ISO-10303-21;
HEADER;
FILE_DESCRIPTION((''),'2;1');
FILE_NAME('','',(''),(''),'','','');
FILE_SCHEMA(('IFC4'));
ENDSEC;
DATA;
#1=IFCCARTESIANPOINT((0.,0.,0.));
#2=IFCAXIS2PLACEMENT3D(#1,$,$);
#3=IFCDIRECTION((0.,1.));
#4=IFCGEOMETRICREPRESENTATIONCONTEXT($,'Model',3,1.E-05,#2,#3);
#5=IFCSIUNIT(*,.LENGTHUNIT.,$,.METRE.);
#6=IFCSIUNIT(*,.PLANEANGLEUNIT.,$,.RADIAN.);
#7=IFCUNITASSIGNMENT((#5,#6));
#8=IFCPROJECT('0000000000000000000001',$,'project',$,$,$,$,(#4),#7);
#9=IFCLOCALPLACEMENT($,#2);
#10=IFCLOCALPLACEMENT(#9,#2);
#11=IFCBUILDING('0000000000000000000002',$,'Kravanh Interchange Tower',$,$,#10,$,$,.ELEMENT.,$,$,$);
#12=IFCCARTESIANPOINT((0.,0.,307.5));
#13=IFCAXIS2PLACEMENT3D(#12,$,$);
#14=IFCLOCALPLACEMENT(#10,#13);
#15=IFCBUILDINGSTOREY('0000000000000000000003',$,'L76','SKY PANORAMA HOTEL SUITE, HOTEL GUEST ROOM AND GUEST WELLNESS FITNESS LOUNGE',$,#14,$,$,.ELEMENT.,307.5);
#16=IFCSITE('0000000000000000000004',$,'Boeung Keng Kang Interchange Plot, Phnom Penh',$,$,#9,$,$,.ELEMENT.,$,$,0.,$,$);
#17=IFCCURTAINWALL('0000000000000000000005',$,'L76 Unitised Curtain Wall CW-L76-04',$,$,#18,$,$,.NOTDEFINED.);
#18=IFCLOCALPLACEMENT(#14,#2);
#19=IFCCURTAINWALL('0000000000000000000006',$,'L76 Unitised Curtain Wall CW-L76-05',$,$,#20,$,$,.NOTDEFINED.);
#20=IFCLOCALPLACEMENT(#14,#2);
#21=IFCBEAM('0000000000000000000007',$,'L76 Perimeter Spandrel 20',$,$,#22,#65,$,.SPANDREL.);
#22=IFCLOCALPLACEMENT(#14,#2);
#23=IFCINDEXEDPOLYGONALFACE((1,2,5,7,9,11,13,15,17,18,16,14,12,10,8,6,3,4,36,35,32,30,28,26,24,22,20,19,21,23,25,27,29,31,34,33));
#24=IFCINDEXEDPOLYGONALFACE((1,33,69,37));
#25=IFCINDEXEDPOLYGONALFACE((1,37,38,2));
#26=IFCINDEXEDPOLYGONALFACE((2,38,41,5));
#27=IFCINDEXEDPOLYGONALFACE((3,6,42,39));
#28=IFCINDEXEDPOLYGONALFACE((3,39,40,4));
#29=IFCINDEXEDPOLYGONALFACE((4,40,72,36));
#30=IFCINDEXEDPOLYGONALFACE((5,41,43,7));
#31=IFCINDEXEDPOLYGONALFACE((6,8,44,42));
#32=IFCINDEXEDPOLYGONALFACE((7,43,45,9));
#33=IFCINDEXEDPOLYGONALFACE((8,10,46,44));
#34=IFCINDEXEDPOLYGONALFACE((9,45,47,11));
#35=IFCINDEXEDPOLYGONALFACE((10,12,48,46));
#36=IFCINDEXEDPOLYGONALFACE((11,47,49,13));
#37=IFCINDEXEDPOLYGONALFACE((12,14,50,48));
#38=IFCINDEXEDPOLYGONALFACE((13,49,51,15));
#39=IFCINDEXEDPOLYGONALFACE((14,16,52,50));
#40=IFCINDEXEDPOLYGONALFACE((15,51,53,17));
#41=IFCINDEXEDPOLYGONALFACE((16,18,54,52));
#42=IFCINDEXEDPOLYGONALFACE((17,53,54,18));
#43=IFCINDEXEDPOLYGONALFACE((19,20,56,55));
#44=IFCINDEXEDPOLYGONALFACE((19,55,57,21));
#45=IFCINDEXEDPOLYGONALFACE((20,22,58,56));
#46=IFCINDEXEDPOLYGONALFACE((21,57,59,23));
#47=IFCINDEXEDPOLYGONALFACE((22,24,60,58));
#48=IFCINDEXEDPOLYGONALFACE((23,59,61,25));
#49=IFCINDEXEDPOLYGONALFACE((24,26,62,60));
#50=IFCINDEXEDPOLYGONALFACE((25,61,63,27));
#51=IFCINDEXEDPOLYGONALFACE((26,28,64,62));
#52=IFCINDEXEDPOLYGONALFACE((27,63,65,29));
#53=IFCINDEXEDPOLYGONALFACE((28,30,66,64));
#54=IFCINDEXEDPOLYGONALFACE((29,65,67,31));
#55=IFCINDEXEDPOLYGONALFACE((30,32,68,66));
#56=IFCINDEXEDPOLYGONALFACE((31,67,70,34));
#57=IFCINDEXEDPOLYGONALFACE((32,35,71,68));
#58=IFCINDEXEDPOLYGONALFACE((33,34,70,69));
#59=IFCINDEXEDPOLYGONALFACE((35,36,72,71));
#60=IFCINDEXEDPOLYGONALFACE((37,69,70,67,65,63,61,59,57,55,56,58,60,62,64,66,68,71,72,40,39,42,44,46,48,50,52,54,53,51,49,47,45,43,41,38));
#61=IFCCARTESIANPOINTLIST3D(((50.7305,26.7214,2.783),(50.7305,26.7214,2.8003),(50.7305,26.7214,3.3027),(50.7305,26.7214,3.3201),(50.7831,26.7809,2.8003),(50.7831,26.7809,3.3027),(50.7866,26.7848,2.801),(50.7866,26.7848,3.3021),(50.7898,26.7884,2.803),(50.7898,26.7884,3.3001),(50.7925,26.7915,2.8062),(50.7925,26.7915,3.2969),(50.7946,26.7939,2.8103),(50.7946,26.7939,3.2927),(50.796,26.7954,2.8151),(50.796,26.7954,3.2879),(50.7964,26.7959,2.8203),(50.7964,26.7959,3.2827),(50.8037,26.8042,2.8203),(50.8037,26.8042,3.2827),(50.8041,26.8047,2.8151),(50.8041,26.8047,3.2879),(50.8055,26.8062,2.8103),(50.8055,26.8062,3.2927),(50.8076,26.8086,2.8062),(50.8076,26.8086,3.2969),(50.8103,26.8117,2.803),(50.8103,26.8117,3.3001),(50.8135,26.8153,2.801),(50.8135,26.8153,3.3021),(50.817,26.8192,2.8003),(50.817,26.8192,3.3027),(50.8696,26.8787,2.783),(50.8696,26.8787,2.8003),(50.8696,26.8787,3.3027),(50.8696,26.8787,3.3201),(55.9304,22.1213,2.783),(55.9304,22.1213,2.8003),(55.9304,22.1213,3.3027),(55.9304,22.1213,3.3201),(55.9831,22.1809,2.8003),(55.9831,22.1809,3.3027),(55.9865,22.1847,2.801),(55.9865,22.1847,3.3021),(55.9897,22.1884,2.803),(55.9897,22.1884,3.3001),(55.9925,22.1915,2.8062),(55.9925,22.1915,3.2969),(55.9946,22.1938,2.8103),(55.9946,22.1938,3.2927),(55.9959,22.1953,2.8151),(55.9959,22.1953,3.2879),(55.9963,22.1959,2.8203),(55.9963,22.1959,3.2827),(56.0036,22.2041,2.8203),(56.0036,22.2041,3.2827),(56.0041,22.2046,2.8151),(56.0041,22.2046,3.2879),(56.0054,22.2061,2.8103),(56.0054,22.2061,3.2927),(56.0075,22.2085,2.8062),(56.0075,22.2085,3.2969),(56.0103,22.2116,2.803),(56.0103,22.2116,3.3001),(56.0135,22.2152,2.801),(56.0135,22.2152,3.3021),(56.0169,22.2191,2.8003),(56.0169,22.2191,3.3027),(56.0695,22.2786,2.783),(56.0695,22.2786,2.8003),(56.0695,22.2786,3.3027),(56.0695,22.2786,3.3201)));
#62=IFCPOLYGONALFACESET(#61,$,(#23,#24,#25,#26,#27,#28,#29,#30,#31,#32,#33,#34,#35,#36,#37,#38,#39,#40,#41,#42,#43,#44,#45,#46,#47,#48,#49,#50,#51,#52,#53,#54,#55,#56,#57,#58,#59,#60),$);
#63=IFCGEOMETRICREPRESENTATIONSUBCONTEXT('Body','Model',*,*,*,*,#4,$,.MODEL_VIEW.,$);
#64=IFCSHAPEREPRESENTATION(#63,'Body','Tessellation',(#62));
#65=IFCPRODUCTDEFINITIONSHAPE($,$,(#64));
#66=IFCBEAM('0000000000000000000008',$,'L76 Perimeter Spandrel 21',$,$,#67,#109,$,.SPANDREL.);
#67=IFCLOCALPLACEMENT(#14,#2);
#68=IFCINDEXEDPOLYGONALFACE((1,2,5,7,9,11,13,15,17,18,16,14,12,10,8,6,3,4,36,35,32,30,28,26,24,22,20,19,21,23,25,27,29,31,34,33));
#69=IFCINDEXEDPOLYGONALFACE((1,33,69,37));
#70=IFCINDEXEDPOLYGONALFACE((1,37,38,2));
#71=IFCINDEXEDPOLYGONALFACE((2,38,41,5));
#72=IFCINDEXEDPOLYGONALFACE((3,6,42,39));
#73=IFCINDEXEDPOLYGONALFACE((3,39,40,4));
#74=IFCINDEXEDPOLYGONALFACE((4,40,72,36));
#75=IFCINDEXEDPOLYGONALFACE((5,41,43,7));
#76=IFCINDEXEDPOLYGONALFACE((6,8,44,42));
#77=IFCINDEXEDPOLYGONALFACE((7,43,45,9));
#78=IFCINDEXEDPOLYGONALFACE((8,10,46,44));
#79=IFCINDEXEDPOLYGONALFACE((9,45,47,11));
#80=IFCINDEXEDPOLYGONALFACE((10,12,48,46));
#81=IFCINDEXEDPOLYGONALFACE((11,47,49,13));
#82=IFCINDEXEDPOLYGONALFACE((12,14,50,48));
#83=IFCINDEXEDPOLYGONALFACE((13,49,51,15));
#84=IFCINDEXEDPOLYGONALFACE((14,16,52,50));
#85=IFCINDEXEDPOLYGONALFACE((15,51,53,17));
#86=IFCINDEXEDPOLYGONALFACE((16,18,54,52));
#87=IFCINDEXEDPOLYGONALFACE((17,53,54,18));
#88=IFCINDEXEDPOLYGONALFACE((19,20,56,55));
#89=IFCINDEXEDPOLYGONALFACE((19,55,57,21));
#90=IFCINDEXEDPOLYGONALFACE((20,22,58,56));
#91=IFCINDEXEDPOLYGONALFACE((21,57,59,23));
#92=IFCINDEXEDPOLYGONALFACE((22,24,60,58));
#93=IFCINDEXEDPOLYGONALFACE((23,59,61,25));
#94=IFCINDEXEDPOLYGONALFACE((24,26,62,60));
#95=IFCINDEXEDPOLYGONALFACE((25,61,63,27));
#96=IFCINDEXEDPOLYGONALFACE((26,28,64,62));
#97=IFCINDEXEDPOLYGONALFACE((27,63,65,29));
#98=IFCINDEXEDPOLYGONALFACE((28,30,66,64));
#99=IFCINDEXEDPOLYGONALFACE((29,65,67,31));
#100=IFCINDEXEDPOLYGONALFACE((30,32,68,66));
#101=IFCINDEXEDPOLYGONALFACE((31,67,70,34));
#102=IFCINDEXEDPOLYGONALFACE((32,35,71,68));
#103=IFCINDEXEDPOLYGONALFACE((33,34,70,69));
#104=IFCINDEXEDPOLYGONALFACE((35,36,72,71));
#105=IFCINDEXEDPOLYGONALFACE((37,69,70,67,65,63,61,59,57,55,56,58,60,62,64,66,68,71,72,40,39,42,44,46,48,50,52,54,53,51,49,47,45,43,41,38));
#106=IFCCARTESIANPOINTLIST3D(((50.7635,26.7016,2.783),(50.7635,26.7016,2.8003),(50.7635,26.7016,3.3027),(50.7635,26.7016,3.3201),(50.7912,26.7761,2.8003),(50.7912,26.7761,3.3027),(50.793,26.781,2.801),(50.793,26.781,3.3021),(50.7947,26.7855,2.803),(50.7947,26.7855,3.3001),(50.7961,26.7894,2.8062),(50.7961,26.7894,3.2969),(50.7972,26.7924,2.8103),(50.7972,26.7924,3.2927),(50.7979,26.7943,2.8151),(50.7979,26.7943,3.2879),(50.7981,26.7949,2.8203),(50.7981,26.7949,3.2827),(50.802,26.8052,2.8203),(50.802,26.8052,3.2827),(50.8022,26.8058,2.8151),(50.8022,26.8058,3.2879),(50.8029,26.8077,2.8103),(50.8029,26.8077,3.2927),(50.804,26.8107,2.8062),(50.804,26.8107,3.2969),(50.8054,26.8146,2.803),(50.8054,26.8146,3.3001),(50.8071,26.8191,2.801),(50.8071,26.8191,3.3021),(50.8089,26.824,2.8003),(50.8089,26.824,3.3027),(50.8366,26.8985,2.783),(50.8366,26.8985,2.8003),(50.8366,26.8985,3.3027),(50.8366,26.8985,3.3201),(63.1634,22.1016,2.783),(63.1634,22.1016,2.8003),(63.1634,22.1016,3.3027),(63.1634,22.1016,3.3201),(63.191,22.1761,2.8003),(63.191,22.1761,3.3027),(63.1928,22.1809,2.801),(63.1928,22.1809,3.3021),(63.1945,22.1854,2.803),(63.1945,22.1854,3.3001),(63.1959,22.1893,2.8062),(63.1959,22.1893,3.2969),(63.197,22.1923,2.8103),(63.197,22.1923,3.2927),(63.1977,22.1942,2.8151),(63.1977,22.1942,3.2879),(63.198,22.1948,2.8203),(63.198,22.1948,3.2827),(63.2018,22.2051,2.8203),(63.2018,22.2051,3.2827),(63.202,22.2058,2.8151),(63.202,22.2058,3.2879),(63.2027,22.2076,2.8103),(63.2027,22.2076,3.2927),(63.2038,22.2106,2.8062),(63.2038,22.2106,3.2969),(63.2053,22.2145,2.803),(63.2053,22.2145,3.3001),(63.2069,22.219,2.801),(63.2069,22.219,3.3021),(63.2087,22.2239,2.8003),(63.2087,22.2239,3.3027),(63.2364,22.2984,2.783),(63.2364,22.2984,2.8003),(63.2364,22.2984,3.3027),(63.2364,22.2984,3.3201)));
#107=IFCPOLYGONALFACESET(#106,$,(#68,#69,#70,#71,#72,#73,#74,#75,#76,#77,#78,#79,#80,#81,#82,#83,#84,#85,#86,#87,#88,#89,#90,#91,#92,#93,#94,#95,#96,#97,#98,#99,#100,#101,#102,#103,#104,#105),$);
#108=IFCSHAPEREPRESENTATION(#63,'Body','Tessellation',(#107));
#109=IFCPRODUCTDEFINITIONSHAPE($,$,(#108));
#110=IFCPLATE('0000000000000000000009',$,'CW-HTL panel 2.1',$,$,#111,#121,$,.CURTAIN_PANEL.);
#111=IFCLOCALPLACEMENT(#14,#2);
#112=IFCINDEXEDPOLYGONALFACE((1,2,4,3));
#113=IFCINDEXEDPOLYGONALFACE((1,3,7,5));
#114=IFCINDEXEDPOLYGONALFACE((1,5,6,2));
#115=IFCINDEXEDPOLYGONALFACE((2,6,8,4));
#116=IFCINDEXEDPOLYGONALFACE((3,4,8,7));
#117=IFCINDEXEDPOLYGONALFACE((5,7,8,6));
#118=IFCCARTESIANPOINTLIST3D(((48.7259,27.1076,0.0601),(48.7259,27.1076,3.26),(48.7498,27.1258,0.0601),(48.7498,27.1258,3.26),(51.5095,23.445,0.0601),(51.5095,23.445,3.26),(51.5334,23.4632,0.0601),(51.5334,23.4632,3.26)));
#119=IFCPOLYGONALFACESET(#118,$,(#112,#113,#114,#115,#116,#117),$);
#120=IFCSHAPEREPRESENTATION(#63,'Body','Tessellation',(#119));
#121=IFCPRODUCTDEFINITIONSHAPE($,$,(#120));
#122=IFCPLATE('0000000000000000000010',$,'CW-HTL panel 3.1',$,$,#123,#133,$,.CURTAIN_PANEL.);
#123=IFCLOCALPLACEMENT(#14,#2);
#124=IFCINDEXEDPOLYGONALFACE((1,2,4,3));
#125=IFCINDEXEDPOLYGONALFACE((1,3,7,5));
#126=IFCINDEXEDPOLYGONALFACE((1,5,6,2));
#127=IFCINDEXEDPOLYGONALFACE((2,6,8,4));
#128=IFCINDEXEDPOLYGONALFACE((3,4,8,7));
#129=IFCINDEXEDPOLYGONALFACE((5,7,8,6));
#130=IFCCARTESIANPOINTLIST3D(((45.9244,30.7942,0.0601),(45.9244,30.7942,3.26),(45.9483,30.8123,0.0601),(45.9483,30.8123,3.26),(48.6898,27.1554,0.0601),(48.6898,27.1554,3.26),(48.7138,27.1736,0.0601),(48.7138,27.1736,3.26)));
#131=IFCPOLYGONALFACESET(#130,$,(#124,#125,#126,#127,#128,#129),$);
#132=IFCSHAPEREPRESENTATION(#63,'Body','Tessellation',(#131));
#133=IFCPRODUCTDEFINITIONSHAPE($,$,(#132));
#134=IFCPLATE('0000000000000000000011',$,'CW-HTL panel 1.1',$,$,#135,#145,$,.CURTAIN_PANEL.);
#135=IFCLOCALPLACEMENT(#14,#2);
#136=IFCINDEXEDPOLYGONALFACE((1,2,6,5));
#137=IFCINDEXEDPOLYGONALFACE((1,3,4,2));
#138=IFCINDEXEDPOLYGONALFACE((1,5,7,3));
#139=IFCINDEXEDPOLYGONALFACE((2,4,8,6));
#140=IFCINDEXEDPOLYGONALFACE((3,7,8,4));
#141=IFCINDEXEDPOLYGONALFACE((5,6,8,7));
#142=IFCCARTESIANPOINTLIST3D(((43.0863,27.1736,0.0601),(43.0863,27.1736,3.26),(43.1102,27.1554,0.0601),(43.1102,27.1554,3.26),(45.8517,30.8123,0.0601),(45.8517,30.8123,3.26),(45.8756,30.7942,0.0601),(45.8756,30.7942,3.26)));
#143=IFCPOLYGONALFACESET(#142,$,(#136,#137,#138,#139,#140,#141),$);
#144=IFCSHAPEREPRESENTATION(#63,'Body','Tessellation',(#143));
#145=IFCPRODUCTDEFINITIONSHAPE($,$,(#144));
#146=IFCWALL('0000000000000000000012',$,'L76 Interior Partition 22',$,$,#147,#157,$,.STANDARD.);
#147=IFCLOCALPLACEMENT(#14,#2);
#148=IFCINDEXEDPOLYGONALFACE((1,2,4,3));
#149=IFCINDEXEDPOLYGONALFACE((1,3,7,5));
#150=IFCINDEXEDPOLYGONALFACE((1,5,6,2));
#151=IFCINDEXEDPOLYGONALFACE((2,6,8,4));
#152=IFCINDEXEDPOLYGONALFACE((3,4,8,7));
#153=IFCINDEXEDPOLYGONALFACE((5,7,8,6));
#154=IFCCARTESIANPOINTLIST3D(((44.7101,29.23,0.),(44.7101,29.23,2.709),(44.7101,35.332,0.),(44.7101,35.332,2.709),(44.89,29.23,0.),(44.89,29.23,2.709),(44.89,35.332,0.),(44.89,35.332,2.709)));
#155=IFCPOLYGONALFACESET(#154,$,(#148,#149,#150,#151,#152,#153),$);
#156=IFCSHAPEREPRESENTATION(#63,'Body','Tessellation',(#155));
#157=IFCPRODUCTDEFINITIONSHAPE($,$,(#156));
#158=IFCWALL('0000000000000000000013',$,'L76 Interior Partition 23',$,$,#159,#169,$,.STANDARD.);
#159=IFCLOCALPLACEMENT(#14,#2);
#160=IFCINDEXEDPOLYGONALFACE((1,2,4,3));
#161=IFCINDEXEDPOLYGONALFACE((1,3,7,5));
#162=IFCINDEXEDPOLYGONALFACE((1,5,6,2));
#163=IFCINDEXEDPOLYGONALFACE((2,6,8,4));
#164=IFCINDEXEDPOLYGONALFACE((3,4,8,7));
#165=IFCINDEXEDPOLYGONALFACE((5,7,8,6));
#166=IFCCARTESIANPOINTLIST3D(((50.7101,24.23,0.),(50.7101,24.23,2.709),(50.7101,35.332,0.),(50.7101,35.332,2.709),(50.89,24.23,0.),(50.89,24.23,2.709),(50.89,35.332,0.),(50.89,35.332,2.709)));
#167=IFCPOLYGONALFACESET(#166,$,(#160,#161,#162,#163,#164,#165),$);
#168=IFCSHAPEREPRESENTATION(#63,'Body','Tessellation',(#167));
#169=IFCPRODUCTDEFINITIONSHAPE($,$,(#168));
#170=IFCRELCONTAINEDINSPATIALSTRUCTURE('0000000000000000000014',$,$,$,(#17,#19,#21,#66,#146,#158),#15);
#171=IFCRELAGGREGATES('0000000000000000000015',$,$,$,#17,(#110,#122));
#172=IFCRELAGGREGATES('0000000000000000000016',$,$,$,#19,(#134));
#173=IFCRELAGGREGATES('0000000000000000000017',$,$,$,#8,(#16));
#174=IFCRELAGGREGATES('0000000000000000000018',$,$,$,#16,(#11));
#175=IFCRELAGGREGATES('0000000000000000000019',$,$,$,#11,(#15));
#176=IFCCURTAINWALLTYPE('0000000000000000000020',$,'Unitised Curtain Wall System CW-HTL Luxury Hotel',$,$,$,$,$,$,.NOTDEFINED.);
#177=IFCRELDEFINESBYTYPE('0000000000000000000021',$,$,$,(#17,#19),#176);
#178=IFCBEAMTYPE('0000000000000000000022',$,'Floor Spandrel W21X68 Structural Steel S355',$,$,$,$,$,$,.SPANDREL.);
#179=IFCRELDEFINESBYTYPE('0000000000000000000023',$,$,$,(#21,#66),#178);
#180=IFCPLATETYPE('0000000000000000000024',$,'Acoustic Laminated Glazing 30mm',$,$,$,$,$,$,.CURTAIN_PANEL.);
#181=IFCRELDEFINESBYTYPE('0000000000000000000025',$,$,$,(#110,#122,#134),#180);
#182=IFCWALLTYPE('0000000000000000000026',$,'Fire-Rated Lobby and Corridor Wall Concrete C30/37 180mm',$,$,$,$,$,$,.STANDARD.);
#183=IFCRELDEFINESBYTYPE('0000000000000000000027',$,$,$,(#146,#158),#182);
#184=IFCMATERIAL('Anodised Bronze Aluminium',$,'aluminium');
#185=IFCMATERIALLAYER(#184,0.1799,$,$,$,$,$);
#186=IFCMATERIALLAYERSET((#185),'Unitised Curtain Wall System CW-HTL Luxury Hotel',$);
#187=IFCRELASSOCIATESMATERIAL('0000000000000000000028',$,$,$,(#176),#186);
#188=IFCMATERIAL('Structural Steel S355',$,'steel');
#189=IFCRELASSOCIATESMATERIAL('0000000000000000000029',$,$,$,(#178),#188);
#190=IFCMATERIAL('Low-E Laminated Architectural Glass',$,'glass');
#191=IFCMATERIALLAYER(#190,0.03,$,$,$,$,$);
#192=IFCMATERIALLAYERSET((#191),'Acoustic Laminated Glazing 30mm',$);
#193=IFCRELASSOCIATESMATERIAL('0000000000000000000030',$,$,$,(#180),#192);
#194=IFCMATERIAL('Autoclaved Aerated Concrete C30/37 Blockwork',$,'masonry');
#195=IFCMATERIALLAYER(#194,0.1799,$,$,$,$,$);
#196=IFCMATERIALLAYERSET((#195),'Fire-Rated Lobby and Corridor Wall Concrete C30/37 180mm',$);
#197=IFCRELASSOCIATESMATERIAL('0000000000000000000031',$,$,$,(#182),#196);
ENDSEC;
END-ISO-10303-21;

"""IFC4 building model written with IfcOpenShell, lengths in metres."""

from ifc_helpers import new_model, si_unit, direction, frame, frame_2d, origin, origin_2d, place, context, subcontext, project, spatial, rectangle, i_section, extrude, material, layer, layer_set, material_profile, profile_set, type_object, element, aggregate, save


model = new_model("IFC4")

# Units and contexts
model_context = context("Model", 3, precision=1e-05, world=origin(), true_north=direction((0.0, 1.0)))
body_context = subcontext(model_context, "Body", "Model", "MODEL_VIEW")
ifc_project = project(units=[si_unit("LENGTHUNIT", "METRE"), si_unit("PLANEANGLEUNIT", "RADIAN")], contexts=[model_context])

# Site, building, storey
site_placement = place(None, origin())
site = spatial("IfcSite", under=ifc_project, at=site_placement, Name="Boeung Keng Kang Interchange Plot, Phnom Penh", CompositionType="ELEMENT", RefElevation=0.0)
building_placement = place(site_placement, origin())
building = spatial("IfcBuilding", under=site, at=building_placement, Name="Kravanh Interchange Tower", CompositionType="ELEMENT")
storey_placement = place(building_placement, frame((0.0, 0.0, 307.5)))
storey = spatial("IfcBuildingStorey", under=building, at=storey_placement, Name="L76", Description="SKY PANORAMA HOTEL SUITE, HOTEL GUEST ROOM AND GUEST WELLNESS FITNESS LOUNGE", CompositionType="ELEMENT", Elevation=307.5)

# Curtain walls
ifc_material_1 = material(Name="Anodised Bronze Aluminium", Category="aluminium")
ifc_layer_1 = layer(ifc_material_1, 0.1799)
ifc_layer_set_1 = layer_set([ifc_layer_1], Name="Unitised Curtain Wall System CW-HTL Luxury Hotel")
curtain_wall_type = type_object("IfcCurtainWallType", Name="Unitised Curtain Wall System CW-HTL Luxury Hotel", PredefinedType="NOTDEFINED", material=ifc_layer_set_1)
curtain_wall_1_placement = place(storey_placement, origin())
curtain_wall_1 = element("IfcCurtainWall", 1, at=curtain_wall_1_placement, inside=storey, type_object=curtain_wall_type, Name="L76 Unitised Curtain Wall CW-L76-04", PredefinedType="NOTDEFINED")
curtain_wall_2_placement = place(storey_placement, origin())
curtain_wall_2 = element("IfcCurtainWall", 2, at=curtain_wall_2_placement, inside=storey, type_object=curtain_wall_type, Name="L76 Unitised Curtain Wall CW-L76-05", PredefinedType="NOTDEFINED")

# Beams
ifc_material_2 = material(Name="Structural Steel S355", Category="steel")
ifc_material_profile_1 = material_profile(ifc_material_2, i_section(OverallWidth=0.21, OverallDepth=0.5371, WebThickness=0.011, FlangeThickness=0.0173, FilletRadius=0.02, at=origin_2d()), Name="W21X68")
ifc_profile_set_1 = profile_set([ifc_material_profile_1], Name="Structural Steel S355")
beam_type_1 = type_object("IfcBeamType", Name="Floor Spandrel W21X68 Structural Steel S355", PredefinedType="SPANDREL", material=ifc_profile_set_1)
beam_1_placement = place(storey_placement, frame((50.8, 26.8, 3.0515), z_axis=(0.748986, -0.662585, 0.0), x_axis=(0.662585, 0.748986, 0.0)))
element("IfcBeam", 3, at=beam_1_placement, inside=storey, type_object=beam_type_1, Name="L76 Perimeter Spandrel 20", PredefinedType="SPANDREL", context=body_context, shape_type="SweptSolid", body=[
    extrude(i_section(OverallWidth=0.21, OverallDepth=0.5371, WebThickness=0.011, FlangeThickness=0.0173, FilletRadius=0.02, at=origin_2d()), origin(), (0.0, 0.0, 1.0), 6.9426),
])
beam_2_placement = place(storey_placement, frame((50.8, 26.8, 3.0515), z_axis=(0.937563, -0.347816, 0.0), x_axis=(0.347816, 0.937563, 0.0)))
element("IfcBeam", 4, at=beam_2_placement, inside=storey, type_object=beam_type_1, Name="L76 Perimeter Spandrel 21", PredefinedType="SPANDREL", context=body_context, shape_type="SweptSolid", body=[
    extrude(i_section(OverallWidth=0.21, OverallDepth=0.5371, WebThickness=0.011, FlangeThickness=0.0173, FilletRadius=0.02, at=origin_2d()), origin(), (0.0, 0.0, 1.0), 13.2256),
])

# Plates
ifc_material_3 = material(Name="Low-E Laminated Architectural Glass", Category="glass")
ifc_layer_2 = layer(ifc_material_3, 0.03)
ifc_layer_set_2 = layer_set([ifc_layer_2], Name="Acoustic Laminated Glazing 30mm")
plate_type = type_object("IfcPlateType", Name="Acoustic Laminated Glazing 30mm", PredefinedType="CURTAIN_PANEL", material=ifc_layer_set_2)
plate_1_placement = place(storey_placement, frame((50.1296, 25.2854, 0.0601), z_axis=(0.0, 0.0, 1.0), x_axis=(-0.605084, 0.796162, 0.0)))
plate_1 = element("IfcPlate", 5, at=plate_1_placement, type_object=plate_type, Name="CW-HTL panel 2.1", PredefinedType="CURTAIN_PANEL", context=body_context, shape_type="SweptSolid", body=[
    extrude(rectangle(XDim=4.6003, YDim=0.03, at=origin_2d()), origin(), (0.0, 0.0, 1.0), 3.2),
])
plate_2_placement = place(storey_placement, frame((47.3191, 28.9839, 0.0601), z_axis=(0.0, 0.0, 1.0), x_axis=(-0.605084, 0.796162, 0.0)))
plate_2 = element("IfcPlate", 6, at=plate_2_placement, type_object=plate_type, Name="CW-HTL panel 3.1", PredefinedType="CURTAIN_PANEL", context=body_context, shape_type="SweptSolid", body=[
    extrude(rectangle(XDim=4.5703, YDim=0.03, at=origin_2d()), origin(), (0.0, 0.0, 1.0), 3.2),
])
aggregate(curtain_wall_1, [plate_1, plate_2])
plate_3_placement = place(storey_placement, frame((44.481, 28.9839, 0.0601), z_axis=(0.0, 0.0, 1.0), x_axis=(-0.605084, -0.796162, 0.0)))
plate_3 = element("IfcPlate", 7, at=plate_3_placement, type_object=plate_type, Name="CW-HTL panel 1.1", PredefinedType="CURTAIN_PANEL", context=body_context, shape_type="SweptSolid", body=[
    extrude(rectangle(XDim=4.5703, YDim=0.03, at=origin_2d()), origin(), (0.0, 0.0, 1.0), 3.2),
])
aggregate(curtain_wall_2, [plate_3])

# Walls
ifc_material_4 = material(Name="Autoclaved Aerated Concrete C30/37 Blockwork", Category="masonry")
ifc_layer_3 = layer(ifc_material_4, 0.1799)
ifc_layer_set_3 = layer_set([ifc_layer_3], Name="Fire-Rated Lobby and Corridor Wall Concrete C30/37 180mm")
wall_type = type_object("IfcWallType", Name="Fire-Rated Lobby and Corridor Wall Concrete C30/37 180mm", PredefinedType="STANDARD", material=ifc_layer_set_3)
wall_1_placement = place(storey_placement, frame((44.8, 29.23, 0.0), z_axis=(0.0, 0.0, 1.0), x_axis=(0.0, 1.0, 0.0)))
element("IfcWall", 8, at=wall_1_placement, inside=storey, type_object=wall_type, Name="L76 Interior Partition 22", PredefinedType="STANDARD", context=body_context, shape_type="SweptSolid", body=[
    extrude(rectangle(XDim=6.1021, YDim=0.1799, at=frame_2d((3.051, 0.0))), origin(), (0.0, 0.0, 1.0), 2.709),
])
wall_2_placement = place(storey_placement, frame((50.8, 24.23, 0.0), z_axis=(0.0, 0.0, 1.0), x_axis=(0.0, 1.0, 0.0)))
element("IfcWall", 9, at=wall_2_placement, inside=storey, type_object=wall_type, Name="L76 Interior Partition 23", PredefinedType="STANDARD", context=body_context, shape_type="SweptSolid", body=[
    extrude(rectangle(XDim=11.1021, YDim=0.1799, at=frame_2d((5.551, 0.0))), origin(), (0.0, 0.0, 1.0), 2.709),
])

save(model, "model.ifc")
